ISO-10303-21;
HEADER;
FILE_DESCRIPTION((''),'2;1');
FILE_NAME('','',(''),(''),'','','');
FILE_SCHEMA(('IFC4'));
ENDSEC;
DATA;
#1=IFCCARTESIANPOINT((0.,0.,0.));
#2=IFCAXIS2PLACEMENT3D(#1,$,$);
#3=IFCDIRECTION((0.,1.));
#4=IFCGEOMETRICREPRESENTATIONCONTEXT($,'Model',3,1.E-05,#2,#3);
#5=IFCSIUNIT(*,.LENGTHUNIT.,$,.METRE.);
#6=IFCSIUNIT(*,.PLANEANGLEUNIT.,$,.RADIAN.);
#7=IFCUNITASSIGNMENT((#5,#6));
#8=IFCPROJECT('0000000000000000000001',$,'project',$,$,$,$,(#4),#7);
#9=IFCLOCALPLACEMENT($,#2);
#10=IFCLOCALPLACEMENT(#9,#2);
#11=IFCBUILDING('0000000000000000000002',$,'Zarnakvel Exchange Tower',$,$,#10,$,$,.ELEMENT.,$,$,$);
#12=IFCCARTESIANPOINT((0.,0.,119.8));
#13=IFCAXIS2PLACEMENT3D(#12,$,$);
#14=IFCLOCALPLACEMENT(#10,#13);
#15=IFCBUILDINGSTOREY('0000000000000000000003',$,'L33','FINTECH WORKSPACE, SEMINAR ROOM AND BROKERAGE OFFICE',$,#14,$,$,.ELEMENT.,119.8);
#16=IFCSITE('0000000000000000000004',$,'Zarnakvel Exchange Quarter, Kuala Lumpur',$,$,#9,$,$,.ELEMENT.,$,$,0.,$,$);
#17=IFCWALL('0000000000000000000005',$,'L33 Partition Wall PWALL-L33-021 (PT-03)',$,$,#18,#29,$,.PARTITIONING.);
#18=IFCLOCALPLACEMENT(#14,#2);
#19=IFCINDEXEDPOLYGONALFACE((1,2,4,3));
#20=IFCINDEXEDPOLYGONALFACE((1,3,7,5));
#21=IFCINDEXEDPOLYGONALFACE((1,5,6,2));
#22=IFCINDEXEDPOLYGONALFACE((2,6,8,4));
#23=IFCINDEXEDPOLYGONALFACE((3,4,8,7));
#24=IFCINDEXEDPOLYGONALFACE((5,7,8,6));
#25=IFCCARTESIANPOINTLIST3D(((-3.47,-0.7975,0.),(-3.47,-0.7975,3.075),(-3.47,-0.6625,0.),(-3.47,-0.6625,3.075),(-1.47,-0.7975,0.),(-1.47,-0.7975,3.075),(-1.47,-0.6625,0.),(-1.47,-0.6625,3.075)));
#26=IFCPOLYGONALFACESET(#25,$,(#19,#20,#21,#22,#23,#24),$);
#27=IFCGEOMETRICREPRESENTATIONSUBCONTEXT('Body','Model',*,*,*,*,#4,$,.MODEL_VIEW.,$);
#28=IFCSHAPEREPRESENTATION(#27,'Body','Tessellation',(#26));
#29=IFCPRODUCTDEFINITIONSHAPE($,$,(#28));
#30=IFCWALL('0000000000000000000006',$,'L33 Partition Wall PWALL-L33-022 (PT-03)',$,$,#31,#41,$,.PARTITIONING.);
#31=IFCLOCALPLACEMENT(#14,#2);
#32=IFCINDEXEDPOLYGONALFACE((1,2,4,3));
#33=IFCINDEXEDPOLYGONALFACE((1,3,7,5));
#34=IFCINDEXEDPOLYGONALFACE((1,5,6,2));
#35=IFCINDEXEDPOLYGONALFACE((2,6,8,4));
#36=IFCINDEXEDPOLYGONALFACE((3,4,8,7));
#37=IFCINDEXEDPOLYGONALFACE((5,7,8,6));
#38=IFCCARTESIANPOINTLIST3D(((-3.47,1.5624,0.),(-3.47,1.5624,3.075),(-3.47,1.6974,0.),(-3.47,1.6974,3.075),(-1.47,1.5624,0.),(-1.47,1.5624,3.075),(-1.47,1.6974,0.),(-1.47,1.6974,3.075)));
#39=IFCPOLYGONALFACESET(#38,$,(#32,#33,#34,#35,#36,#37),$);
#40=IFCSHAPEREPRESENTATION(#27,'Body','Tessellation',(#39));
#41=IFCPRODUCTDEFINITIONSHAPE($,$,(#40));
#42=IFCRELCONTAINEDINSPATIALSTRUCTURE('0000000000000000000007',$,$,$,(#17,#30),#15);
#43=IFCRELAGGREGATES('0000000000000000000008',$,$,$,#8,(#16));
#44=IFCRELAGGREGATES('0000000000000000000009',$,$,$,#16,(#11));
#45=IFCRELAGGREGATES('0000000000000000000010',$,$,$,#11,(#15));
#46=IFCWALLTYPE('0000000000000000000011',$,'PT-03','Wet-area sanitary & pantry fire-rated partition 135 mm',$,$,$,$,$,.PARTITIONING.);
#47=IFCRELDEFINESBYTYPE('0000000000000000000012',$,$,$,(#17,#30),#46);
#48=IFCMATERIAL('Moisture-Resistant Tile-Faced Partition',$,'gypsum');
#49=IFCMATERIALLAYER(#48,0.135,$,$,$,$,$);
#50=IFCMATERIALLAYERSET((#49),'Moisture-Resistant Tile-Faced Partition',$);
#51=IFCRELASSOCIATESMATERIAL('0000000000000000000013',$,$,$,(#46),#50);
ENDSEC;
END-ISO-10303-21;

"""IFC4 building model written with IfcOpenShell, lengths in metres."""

from ifc_helpers import new_model, si_unit, direction, frame, frame_2d, origin, place, context, subcontext, project, spatial, rectangle, extrude, material, layer, layer_set, type_object, element, save


model = new_model("IFC4")

# Units and contexts
model_context = context("Model", 3, precision=1e-05, world=origin(), true_north=direction((0.0, 1.0)))
body_context = subcontext(model_context, "Body", "Model", "MODEL_VIEW")
ifc_project = project(units=[si_unit("LENGTHUNIT", "METRE"), si_unit("PLANEANGLEUNIT", "RADIAN")], contexts=[model_context])

# Site, building, storey
site_placement = place(None, origin())
site = spatial("IfcSite", under=ifc_project, at=site_placement, Name="Zarnakvel Exchange Quarter, Kuala Lumpur", CompositionType="ELEMENT", RefElevation=0.0)
building_placement = place(site_placement, origin())
building = spatial("IfcBuilding", under=site, at=building_placement, Name="Zarnakvel Exchange Tower", CompositionType="ELEMENT")
storey_placement = place(building_placement, frame((0.0, 0.0, 119.8)))
storey = spatial("IfcBuildingStorey", under=building, at=storey_placement, Name="L33", Description="FINTECH WORKSPACE, SEMINAR ROOM AND BROKERAGE OFFICE", CompositionType="ELEMENT", Elevation=119.8)

# Shared definitions
ifc_material_1 = material(Name="Moisture-Resistant Tile-Faced Partition", Category="gypsum")
ifc_layer_1 = layer(ifc_material_1, 0.135)
ifc_layer_set_1 = layer_set([ifc_layer_1], Name="Moisture-Resistant Tile-Faced Partition")
wall_type_1 = type_object("IfcWallType", Name="PT-03", Description="Wet-area sanitary & pantry fire-rated partition 135 mm", PredefinedType="PARTITIONING", material=ifc_layer_set_1)

# Walls
for number, where, z_axis, x_axis, name in (
    (1, (-1.47, -0.73, 0.0), (0.0, 0.0, 1.0), (-1.0, 0.0, 0.0), "L33 Partition Wall PWALL-L33-021 (PT-03)"),
    (2, (-3.47, 1.6299, 0.0), (0.0, 0.0, 1.0), (1.0, 0.0, 0.0), "L33 Partition Wall PWALL-L33-022 (PT-03)"),
):
    element("IfcWall", number, at=place(storey_placement, frame(where, z_axis=z_axis, x_axis=x_axis)), inside=storey, type_object=wall_type_1, Name=name, PredefinedType="PARTITIONING", context=body_context, shape_type="SweptSolid", body=[
        extrude(rectangle(XDim=2.0, YDim=0.135, at=frame_2d((1.0, 0.0))), origin(), (0.0, 0.0, 1.0), 3.075),
    ])

save(model, "model.ifc")
